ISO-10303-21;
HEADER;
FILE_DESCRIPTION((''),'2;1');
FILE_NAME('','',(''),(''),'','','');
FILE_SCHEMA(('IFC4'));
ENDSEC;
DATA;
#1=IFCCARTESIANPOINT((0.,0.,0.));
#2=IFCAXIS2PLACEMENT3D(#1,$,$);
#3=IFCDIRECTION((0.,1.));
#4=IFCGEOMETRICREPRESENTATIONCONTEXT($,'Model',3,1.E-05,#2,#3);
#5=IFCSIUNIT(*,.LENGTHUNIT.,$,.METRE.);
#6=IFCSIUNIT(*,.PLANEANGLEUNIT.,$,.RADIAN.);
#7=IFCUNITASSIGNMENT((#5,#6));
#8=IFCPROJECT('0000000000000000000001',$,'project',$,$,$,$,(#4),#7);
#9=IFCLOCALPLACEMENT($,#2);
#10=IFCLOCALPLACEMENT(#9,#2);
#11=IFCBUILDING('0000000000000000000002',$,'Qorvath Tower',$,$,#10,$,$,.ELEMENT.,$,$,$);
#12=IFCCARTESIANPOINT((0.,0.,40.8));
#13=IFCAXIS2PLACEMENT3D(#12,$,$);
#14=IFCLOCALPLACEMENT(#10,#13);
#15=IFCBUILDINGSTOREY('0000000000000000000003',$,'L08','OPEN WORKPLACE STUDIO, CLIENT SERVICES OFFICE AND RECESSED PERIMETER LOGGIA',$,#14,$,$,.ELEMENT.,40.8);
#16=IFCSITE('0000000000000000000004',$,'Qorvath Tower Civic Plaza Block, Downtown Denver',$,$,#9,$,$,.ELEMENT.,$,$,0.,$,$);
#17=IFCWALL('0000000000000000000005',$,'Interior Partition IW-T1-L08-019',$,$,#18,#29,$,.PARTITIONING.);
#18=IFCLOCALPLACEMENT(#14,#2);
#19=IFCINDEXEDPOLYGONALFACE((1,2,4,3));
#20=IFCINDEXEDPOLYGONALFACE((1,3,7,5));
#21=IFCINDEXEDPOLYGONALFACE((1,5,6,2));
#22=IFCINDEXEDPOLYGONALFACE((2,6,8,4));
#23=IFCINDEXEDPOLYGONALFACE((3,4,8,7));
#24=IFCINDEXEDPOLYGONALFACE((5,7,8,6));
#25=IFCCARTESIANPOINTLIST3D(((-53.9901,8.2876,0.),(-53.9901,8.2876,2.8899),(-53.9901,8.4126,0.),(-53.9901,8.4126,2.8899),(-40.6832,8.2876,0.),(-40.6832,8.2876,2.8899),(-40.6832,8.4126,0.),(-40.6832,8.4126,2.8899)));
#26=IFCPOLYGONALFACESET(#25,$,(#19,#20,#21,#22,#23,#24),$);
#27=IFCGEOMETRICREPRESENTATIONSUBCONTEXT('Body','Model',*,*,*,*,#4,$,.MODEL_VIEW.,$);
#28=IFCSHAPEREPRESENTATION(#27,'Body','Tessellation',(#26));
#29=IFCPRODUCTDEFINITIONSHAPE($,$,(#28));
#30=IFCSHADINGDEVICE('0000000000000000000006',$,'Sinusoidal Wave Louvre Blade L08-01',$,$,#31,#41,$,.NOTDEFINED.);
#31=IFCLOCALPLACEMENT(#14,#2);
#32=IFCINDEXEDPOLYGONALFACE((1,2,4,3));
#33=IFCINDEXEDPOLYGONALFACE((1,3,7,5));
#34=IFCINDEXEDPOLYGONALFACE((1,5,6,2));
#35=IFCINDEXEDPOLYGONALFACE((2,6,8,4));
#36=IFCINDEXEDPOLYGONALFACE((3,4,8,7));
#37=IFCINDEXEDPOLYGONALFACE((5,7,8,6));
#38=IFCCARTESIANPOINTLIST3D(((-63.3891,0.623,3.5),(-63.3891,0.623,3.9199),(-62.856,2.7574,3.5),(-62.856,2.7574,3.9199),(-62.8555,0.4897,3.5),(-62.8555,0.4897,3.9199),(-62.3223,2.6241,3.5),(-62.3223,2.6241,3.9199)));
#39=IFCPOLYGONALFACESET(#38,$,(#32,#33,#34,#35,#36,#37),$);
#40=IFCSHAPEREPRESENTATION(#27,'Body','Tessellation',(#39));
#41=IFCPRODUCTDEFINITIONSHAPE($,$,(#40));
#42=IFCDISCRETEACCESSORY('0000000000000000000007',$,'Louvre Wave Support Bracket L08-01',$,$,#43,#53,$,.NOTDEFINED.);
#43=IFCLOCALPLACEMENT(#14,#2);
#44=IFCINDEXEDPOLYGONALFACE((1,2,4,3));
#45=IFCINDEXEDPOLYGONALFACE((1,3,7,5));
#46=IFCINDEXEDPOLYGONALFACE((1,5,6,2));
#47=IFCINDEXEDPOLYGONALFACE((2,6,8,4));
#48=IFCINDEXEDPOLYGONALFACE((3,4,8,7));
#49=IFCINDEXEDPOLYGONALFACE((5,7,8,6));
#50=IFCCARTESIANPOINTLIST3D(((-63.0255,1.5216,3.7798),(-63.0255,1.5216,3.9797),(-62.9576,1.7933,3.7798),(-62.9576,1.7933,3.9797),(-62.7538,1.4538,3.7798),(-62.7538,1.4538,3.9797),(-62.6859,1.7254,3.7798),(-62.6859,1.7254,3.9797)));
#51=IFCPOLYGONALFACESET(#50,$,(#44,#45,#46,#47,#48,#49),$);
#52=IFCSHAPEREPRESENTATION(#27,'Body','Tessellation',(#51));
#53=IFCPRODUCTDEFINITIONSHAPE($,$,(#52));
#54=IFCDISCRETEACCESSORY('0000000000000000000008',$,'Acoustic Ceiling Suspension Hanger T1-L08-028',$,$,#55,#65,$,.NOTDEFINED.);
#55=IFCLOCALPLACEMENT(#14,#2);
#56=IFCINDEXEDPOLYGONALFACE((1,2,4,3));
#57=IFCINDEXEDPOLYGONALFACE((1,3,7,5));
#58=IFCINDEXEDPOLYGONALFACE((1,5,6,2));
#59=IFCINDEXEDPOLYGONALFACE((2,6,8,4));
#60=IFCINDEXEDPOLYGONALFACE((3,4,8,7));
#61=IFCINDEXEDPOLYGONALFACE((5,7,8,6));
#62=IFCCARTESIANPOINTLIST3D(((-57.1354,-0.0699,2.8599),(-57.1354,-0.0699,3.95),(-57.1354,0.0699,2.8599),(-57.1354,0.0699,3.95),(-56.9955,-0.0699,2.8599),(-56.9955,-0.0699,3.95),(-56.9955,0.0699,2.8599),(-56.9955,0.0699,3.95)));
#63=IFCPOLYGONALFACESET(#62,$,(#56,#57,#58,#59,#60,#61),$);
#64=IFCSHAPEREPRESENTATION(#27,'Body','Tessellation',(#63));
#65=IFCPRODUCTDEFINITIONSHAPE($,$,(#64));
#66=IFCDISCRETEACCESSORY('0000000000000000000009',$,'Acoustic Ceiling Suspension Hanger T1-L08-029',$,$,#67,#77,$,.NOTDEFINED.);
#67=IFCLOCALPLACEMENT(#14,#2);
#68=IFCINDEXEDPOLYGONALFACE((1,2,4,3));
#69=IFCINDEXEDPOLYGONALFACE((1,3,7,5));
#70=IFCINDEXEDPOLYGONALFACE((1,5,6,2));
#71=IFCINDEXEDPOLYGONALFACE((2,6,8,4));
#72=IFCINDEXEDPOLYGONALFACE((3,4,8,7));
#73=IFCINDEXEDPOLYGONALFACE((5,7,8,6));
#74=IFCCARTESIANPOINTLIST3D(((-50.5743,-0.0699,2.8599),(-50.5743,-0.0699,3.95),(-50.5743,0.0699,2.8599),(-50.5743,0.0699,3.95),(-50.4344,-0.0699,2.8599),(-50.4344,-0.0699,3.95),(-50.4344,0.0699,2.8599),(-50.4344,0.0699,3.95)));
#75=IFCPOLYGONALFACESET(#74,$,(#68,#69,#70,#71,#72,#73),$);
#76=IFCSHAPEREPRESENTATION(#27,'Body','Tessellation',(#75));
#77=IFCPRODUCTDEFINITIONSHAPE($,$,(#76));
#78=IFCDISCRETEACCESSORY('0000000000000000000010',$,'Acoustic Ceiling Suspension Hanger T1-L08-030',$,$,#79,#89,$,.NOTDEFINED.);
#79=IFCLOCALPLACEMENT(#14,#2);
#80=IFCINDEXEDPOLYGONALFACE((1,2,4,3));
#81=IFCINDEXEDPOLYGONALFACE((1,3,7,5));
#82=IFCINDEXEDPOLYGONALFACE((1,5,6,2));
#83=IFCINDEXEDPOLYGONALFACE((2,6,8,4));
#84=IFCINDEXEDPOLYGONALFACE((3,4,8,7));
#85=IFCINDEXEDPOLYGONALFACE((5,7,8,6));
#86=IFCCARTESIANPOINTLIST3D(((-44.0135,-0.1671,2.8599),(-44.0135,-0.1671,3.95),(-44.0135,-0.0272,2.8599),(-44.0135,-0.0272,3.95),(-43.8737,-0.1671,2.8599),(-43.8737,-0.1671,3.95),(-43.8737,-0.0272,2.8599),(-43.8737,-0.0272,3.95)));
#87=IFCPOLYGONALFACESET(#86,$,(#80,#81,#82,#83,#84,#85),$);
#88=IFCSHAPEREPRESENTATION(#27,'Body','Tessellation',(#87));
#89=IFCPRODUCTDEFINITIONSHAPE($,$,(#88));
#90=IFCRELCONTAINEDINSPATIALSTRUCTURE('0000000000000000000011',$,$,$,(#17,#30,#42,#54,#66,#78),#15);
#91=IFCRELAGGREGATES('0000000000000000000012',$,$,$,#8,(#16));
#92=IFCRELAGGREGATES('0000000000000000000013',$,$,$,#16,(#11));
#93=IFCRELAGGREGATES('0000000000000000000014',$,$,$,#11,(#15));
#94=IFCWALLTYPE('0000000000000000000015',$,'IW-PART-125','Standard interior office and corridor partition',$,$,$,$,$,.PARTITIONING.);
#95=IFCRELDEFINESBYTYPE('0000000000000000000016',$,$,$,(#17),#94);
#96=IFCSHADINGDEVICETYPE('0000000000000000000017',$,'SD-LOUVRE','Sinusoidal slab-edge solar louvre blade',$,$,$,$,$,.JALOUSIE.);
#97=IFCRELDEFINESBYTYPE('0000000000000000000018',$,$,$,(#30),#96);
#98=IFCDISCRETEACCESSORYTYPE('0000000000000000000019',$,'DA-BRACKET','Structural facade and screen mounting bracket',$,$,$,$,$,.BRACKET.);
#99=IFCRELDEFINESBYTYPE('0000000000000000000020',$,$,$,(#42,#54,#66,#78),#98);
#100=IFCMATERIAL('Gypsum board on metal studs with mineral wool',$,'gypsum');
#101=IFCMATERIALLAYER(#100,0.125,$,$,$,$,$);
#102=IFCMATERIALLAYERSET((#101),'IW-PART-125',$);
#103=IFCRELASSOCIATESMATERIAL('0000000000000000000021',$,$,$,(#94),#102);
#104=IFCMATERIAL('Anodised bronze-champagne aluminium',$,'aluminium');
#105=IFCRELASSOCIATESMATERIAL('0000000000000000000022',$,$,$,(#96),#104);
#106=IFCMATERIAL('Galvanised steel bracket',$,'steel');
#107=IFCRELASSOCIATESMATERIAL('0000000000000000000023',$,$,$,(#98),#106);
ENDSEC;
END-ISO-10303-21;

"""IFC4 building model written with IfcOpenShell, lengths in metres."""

from ifc_helpers import new_model, si_unit, direction, frame, frame_2d, origin, origin_2d, place, context, subcontext, project, spatial, rectangle, extrude, material, layer, layer_set, type_object, element, save


model = new_model("IFC4")

# Units and contexts
model_context = context("Model", 3, precision=1e-05, world=origin(), true_north=direction((0.0, 1.0)))
body_context = subcontext(model_context, "Body", "Model", "MODEL_VIEW")
ifc_project = project(units=[si_unit("LENGTHUNIT", "METRE"), si_unit("PLANEANGLEUNIT", "RADIAN")], contexts=[model_context])

# Site, building, storey
site_placement = place(None, origin())
site = spatial("IfcSite", under=ifc_project, at=site_placement, Name="Qorvath Tower Civic Plaza Block, Downtown Denver", CompositionType="ELEMENT", RefElevation=0.0)
building_placement = place(site_placement, origin())
building = spatial("IfcBuilding", under=site, at=building_placement, Name="Qorvath Tower", CompositionType="ELEMENT")
storey_placement = place(building_placement, frame((0.0, 0.0, 40.8)))
storey = spatial("IfcBuildingStorey", under=building, at=storey_placement, Name="L08", Description="OPEN WORKPLACE STUDIO, CLIENT SERVICES OFFICE AND RECESSED PERIMETER LOGGIA", CompositionType="ELEMENT", Elevation=40.8)

# Wall
ifc_material_1 = material(Name="Gypsum board on metal studs with mineral wool", Category="gypsum")
ifc_layer_1 = layer(ifc_material_1, 0.125)
ifc_layer_set_1 = layer_set([ifc_layer_1], Name="IW-PART-125")
wall_type = type_object("IfcWallType", Name="IW-PART-125", Description="Standard interior office and corridor partition", PredefinedType="PARTITIONING", material=ifc_layer_set_1)
wall_placement = place(storey_placement, frame((-53.99, 8.3501, 0.0), z_axis=(0.0, 0.0, 1.0), x_axis=(1.0, 0.0, 0.0)))
element("IfcWall", 1, at=wall_placement, inside=storey, type_object=wall_type, Name="Interior Partition IW-T1-L08-019", PredefinedType="PARTITIONING", context=body_context, shape_type="SweptSolid", body=[
    extrude(rectangle(XDim=13.3069, YDim=0.125, at=frame_2d((6.6533, 0.0))), origin(), (0.0, 0.0, 1.0), 2.8899),
])

# Shading device
ifc_material_2 = material(Name="Anodised bronze-champagne aluminium", Category="aluminium")
shading_device_type = type_object("IfcShadingDeviceType", Name="SD-LOUVRE", Description="Sinusoidal slab-edge solar louvre blade", PredefinedType="JALOUSIE", material=ifc_material_2)
shading_device_placement = place(storey_placement, frame((-62.8557, 1.6235, 3.5), z_axis=(0.0, 0.0, 1.0), x_axis=(-0.242352, -0.970188, 0.0)))
element("IfcShadingDevice", 2, at=shading_device_placement, inside=storey, type_object=shading_device_type, Name="Sinusoidal Wave Louvre Blade L08-01", PredefinedType="NOTDEFINED", context=body_context, shape_type="SweptSolid", body=[
    extrude(rectangle(XDim=2.2, YDim=0.55, at=origin_2d()), origin(), (0.0, 0.0, 1.0), 0.4199),
])

# Discrete accessories
ifc_material_3 = material(Name="Galvanised steel bracket", Category="steel")
discrete_accessory_type = type_object("IfcDiscreteAccessoryType", Name="DA-BRACKET", Description="Structural facade and screen mounting bracket", PredefinedType="BRACKET", material=ifc_material_3)
discrete_accessory_placement = place(storey_placement, frame((-62.8557, 1.6235, 3.7798), z_axis=(0.0, 0.0, 1.0), x_axis=(-0.242352, -0.970188, 0.0)))
element("IfcDiscreteAccessory", 3, at=discrete_accessory_placement, inside=storey, type_object=discrete_accessory_type, Name="Louvre Wave Support Bracket L08-01", PredefinedType="NOTDEFINED", context=body_context, shape_type="SweptSolid", body=[
    extrude(rectangle(XDim=0.28, YDim=0.28, at=origin_2d()), origin(), (0.0, 0.0, 1.0), 0.2),
])
for number, where, z_axis, x_axis, name in (
    (4, (-57.0654, 0.0, 2.8599), (0.0, 0.0, 1.0), (1.0, 0.0, 0.0), "Acoustic Ceiling Suspension Hanger T1-L08-028"),
    (5, (-50.5044, 0.0, 2.8599), (0.0, 0.0, 1.0), (1.0, 0.0, 0.0), "Acoustic Ceiling Suspension Hanger T1-L08-029"),
    (6, (-43.9436, -0.0972, 2.8599), (0.0, 0.0, 1.0), (1.0, 0.0, 0.0), "Acoustic Ceiling Suspension Hanger T1-L08-030"),
):
    element("IfcDiscreteAccessory", number, at=place(storey_placement, frame(where, z_axis=z_axis, x_axis=x_axis)), inside=storey, type_object=discrete_accessory_type, Name=name, PredefinedType="NOTDEFINED", context=body_context, shape_type="SweptSolid", body=[
        extrude(rectangle(XDim=0.1399, YDim=0.1399, at=origin_2d()), origin(), (0.0, 0.0, 1.0), 1.0901),
    ])

save(model, "model.ifc")
